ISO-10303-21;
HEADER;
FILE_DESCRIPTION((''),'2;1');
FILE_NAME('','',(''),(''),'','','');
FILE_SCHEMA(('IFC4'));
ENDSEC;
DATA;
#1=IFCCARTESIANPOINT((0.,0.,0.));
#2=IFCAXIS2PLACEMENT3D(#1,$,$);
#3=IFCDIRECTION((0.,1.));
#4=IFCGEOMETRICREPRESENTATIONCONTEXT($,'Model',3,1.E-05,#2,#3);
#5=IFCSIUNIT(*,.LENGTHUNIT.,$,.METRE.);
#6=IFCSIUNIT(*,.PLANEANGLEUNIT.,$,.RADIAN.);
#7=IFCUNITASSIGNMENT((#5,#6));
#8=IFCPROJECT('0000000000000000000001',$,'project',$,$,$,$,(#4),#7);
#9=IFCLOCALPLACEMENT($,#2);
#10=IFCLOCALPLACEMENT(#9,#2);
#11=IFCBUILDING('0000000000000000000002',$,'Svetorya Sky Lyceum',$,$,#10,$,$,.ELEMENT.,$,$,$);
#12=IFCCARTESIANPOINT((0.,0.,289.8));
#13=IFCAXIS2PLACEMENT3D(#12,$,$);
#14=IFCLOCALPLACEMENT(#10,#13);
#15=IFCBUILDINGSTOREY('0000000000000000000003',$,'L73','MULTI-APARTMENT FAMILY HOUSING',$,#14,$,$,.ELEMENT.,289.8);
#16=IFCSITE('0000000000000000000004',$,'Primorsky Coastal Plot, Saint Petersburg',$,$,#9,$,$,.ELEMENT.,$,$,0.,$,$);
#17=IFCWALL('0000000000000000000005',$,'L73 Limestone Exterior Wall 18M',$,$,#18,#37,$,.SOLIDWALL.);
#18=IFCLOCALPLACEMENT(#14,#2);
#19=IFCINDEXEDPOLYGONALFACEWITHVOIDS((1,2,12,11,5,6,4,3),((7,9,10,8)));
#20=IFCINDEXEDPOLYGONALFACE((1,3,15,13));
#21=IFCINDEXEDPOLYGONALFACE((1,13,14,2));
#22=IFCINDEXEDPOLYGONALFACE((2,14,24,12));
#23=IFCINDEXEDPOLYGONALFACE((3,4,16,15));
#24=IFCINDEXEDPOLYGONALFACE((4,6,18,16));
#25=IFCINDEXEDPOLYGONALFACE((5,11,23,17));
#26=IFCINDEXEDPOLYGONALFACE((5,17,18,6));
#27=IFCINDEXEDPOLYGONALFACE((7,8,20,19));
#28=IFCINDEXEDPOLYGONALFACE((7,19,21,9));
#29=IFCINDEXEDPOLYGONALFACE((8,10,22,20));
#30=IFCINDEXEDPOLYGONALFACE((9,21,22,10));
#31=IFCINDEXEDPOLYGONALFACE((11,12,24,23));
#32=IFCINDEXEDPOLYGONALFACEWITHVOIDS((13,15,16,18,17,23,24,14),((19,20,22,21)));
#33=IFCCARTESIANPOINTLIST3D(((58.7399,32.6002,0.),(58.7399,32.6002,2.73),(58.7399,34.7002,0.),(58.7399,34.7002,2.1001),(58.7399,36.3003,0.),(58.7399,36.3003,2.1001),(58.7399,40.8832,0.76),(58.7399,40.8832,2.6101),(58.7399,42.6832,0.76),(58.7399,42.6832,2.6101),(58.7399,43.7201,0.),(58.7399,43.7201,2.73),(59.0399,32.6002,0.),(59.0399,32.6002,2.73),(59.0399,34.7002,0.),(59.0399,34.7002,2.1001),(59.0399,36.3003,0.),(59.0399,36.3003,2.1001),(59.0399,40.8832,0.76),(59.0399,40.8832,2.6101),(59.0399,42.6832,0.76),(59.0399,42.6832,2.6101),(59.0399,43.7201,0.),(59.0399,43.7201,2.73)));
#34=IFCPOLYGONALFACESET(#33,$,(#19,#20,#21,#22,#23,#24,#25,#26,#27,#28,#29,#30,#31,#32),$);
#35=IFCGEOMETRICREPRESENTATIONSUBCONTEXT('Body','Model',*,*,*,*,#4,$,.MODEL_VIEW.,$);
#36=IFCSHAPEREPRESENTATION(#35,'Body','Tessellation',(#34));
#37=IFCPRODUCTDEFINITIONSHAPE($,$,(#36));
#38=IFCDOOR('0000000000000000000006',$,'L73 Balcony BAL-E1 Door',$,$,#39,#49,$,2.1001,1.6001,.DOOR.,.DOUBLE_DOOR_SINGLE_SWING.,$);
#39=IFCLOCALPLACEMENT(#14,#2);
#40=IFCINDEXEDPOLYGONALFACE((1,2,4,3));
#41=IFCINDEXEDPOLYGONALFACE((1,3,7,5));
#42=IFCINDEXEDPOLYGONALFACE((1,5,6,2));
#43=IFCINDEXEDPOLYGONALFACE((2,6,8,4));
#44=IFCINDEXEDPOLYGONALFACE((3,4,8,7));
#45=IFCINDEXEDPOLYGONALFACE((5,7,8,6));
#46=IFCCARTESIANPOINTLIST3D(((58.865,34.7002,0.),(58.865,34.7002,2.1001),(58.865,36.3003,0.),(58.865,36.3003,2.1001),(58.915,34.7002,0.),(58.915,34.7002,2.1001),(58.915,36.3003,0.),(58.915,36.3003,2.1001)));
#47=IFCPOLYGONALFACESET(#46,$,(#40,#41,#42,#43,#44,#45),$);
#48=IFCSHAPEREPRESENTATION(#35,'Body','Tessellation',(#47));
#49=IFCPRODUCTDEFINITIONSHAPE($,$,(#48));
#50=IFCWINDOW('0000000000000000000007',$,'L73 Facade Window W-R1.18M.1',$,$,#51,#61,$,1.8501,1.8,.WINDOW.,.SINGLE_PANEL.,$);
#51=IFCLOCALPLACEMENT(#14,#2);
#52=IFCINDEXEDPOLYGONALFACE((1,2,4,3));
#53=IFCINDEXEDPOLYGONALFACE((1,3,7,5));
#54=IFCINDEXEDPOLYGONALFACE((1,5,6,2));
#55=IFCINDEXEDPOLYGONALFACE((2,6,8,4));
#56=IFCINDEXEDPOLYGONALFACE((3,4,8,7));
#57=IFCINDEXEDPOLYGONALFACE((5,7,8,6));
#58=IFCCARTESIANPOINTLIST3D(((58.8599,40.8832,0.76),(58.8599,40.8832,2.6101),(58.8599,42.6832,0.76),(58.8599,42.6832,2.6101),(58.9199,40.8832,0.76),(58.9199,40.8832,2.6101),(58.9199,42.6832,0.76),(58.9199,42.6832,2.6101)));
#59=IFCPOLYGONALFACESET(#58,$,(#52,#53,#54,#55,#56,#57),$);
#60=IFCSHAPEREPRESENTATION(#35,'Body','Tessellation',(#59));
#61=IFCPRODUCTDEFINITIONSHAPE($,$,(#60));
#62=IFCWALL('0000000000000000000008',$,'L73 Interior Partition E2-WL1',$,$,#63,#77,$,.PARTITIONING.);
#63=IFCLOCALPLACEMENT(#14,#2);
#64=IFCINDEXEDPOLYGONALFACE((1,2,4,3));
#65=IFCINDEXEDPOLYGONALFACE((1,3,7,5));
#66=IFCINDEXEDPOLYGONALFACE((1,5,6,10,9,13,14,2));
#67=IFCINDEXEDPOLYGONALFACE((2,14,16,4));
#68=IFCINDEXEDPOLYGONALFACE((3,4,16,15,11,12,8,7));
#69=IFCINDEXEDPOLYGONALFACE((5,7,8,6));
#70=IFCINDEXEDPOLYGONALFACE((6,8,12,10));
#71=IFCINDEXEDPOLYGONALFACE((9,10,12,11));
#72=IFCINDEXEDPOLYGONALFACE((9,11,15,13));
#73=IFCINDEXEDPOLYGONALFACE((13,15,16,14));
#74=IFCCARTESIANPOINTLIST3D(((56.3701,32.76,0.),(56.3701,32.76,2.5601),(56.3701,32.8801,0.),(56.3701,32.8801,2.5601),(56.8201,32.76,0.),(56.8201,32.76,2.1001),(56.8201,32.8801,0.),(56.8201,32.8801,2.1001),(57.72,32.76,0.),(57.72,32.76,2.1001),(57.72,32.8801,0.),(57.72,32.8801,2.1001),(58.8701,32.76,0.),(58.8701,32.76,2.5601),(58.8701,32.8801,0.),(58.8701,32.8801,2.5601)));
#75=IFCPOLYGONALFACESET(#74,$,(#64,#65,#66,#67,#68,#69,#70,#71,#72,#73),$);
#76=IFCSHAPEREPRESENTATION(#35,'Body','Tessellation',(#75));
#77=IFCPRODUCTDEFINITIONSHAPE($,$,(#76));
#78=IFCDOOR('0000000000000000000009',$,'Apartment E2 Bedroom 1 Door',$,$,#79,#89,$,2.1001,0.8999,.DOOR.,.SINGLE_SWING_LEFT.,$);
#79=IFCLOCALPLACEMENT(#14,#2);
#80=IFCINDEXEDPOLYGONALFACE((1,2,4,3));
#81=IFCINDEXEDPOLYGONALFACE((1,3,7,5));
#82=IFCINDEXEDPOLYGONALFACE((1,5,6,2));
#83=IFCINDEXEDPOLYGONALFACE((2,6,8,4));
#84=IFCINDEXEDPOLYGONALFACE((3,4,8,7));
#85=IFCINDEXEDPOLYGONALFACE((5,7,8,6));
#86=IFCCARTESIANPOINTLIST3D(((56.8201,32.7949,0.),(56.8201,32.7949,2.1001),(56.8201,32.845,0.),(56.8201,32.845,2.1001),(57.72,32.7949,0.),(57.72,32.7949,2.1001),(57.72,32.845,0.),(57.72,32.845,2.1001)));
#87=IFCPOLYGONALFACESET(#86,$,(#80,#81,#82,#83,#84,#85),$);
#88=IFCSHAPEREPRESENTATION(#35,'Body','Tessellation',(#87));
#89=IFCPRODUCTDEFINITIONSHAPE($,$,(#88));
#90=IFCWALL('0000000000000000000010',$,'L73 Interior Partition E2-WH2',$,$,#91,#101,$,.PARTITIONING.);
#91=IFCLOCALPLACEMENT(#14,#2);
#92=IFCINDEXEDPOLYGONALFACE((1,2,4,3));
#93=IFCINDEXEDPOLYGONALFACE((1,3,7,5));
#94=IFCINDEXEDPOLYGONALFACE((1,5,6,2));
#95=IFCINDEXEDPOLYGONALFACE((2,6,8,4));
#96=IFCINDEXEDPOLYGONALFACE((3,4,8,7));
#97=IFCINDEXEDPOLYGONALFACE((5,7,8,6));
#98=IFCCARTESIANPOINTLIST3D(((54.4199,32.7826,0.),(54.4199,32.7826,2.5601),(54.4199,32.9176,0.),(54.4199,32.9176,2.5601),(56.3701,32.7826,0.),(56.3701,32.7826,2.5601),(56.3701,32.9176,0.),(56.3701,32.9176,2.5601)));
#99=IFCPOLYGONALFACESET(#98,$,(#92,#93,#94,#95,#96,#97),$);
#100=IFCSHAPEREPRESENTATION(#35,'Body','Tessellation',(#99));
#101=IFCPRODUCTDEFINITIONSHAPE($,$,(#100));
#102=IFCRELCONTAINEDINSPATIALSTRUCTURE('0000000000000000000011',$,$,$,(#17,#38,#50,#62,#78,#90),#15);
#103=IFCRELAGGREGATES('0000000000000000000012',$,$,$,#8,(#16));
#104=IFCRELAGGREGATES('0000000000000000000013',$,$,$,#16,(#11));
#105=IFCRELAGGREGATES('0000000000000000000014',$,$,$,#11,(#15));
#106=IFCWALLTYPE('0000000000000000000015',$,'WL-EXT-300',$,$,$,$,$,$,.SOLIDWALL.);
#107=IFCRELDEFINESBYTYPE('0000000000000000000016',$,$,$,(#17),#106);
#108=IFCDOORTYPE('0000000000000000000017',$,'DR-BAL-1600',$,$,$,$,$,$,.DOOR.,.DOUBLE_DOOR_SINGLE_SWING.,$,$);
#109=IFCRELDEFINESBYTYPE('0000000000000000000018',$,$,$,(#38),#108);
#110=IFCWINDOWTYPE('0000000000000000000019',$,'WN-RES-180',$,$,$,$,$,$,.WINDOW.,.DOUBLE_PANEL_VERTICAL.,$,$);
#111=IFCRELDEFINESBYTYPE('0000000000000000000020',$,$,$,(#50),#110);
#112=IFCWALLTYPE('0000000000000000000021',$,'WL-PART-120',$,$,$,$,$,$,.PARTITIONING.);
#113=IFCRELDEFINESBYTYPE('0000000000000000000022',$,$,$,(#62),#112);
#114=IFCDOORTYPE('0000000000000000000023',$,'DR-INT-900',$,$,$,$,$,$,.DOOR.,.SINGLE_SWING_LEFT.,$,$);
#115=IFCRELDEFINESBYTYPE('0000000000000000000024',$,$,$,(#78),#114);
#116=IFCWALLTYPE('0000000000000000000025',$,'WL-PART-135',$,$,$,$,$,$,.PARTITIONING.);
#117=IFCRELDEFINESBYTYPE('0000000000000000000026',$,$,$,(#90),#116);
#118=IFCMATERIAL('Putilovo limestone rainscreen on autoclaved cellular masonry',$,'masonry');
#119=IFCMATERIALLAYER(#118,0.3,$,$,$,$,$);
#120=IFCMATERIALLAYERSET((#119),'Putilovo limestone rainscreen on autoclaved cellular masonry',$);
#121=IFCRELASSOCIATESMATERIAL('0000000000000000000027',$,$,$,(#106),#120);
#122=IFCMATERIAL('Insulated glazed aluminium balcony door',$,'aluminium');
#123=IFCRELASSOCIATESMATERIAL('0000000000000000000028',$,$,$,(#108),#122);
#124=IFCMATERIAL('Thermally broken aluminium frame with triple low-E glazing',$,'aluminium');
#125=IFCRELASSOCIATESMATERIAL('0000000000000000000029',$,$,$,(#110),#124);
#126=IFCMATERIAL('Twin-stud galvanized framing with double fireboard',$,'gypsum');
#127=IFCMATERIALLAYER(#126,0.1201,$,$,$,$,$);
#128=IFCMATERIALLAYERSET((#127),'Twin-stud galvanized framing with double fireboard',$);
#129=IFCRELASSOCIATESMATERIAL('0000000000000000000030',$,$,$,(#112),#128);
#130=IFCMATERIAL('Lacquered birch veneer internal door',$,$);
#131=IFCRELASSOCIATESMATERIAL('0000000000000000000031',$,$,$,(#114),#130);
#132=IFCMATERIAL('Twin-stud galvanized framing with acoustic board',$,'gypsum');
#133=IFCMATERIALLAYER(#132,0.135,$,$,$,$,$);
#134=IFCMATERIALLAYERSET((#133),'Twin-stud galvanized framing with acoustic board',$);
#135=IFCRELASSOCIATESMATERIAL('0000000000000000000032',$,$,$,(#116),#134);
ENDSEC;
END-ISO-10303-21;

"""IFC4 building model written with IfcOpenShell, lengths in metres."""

from ifc_helpers import new_model, si_unit, direction, frame, frame_2d, origin, place, context, subcontext, project, spatial, rectangle, extrude, material, layer, layer_set, type_object, element, fill, save


model = new_model("IFC4")

# Units and contexts
model_context = context("Model", 3, precision=1e-05, world=origin(), true_north=direction((0.0, 1.0)))
body_context = subcontext(model_context, "Body", "Model", "MODEL_VIEW")
ifc_project = project(units=[si_unit("LENGTHUNIT", "METRE"), si_unit("PLANEANGLEUNIT", "RADIAN")], contexts=[model_context])

# Site, building, storey
site_placement = place(None, origin())
site = spatial("IfcSite", under=ifc_project, at=site_placement, Name="Primorsky Coastal Plot, Saint Petersburg", CompositionType="ELEMENT", RefElevation=0.0)
building_placement = place(site_placement, origin())
building = spatial("IfcBuilding", under=site, at=building_placement, Name="Svetorya Sky Lyceum", CompositionType="ELEMENT")
storey_placement = place(building_placement, frame((0.0, 0.0, 289.8)))
storey = spatial("IfcBuildingStorey", under=building, at=storey_placement, Name="L73", Description="MULTI-APARTMENT FAMILY HOUSING", CompositionType="ELEMENT", Elevation=289.8)

# Wall, openings, door, window
ifc_material_1 = material(Name="Putilovo limestone rainscreen on autoclaved cellular masonry", Category="masonry")
ifc_layer_1 = layer(ifc_material_1, 0.3)
ifc_layer_set_1 = layer_set([ifc_layer_1], Name="Putilovo limestone rainscreen on autoclaved cellular masonry")
wall_type_1 = type_object("IfcWallType", Name="WL-EXT-300", PredefinedType="SOLIDWALL", material=ifc_layer_set_1)
wall_1_placement = place(storey_placement, frame((58.8899, 32.6001, 0.0), z_axis=(0.0, 0.0, 1.0), x_axis=(0.0, 1.0, 0.0)))
wall_1 = element("IfcWall", 1, at=wall_1_placement, inside=storey, type_object=wall_type_1, Name="L73 Limestone Exterior Wall 18M", PredefinedType="SOLIDWALL", context=body_context, shape_type="SweptSolid", body=[
    extrude(rectangle(XDim=11.1199, YDim=0.3, at=frame_2d((5.5601, 0.0))), origin(), (0.0, 0.0, 1.0), 2.73),
])
opening_1_placement = place(wall_1_placement, frame((2.1001, 0.0, 0.0)))
opening_1 = element("IfcOpeningElement", 2, at=opening_1_placement, cuts=wall_1, PredefinedType="OPENING", context=body_context, shape_type="SweptSolid", body=[
    extrude(rectangle(XDim=1.6001, YDim=2.1001, at=frame_2d((0.8, 1.05))), frame((0.0, 0.1599, 0.0), z_axis=(0.0, -1.0, 0.0), x_axis=(1.0, 0.0, 0.0)), (0.0, 0.0, 1.0), 0.3201),
])
opening_2_placement = place(wall_1_placement, frame((8.2832, 0.0, 0.76)))
opening_2 = element("IfcOpeningElement", 3, at=opening_2_placement, cuts=wall_1, PredefinedType="OPENING", context=body_context, shape_type="SweptSolid", body=[
    extrude(rectangle(XDim=1.8, YDim=1.8501, at=frame_2d((0.8999, 0.925))), frame((0.0, 0.1599, 0.0), z_axis=(0.0, -1.0, 0.0), x_axis=(1.0, 0.0, 0.0)), (0.0, 0.0, 1.0), 0.3201),
])
ifc_material_2 = material(Name="Insulated glazed aluminium balcony door", Category="aluminium")
door_type_1 = type_object("IfcDoorType", Name="DR-BAL-1600", OperationType="DOUBLE_DOOR_SINGLE_SWING", PredefinedType="DOOR", material=ifc_material_2)
door_1_placement = place(opening_1_placement, origin())
door_1 = element("IfcDoor", 4, at=door_1_placement, inside=storey, type_object=door_type_1, Name="L73 Balcony BAL-E1 Door", OperationType="DOUBLE_DOOR_SINGLE_SWING", OverallHeight=2.1001, OverallWidth=1.6001, PredefinedType="DOOR", context=body_context, shape_type="SweptSolid", body=[
    extrude(rectangle(XDim=1.6001, YDim=2.1001, at=frame_2d((0.8, 1.05))), frame((0.0, 0.0249, 0.0), z_axis=(0.0, -1.0, 0.0), x_axis=(1.0, 0.0, 0.0)), (0.0, 0.0, 1.0), 0.05),
])
fill(opening_1, door_1)
ifc_material_3 = material(Name="Thermally broken aluminium frame with triple low-E glazing", Category="aluminium")
window_type = type_object("IfcWindowType", Name="WN-RES-180", PartitioningType="DOUBLE_PANEL_VERTICAL", PredefinedType="WINDOW", material=ifc_material_3)
window_placement = place(opening_2_placement, origin())
window = element("IfcWindow", 5, at=window_placement, inside=storey, type_object=window_type, Name="L73 Facade Window W-R1.18M.1", OverallHeight=1.8501, OverallWidth=1.8, PartitioningType="SINGLE_PANEL", PredefinedType="WINDOW", context=body_context, shape_type="SweptSolid", body=[
    extrude(rectangle(XDim=1.8, YDim=1.8501, at=frame_2d((0.8999, 0.925))), frame((0.0, 0.03, 0.0), z_axis=(0.0, -1.0, 0.0), x_axis=(1.0, 0.0, 0.0)), (0.0, 0.0, 1.0), 0.0601),
])
fill(opening_2, window)

# Wall, opening, door
ifc_material_4 = material(Name="Twin-stud galvanized framing with double fireboard", Category="gypsum")
ifc_layer_2 = layer(ifc_material_4, 0.1201)
ifc_layer_set_2 = layer_set([ifc_layer_2], Name="Twin-stud galvanized framing with double fireboard")
wall_type_2 = type_object("IfcWallType", Name="WL-PART-120", PredefinedType="PARTITIONING", material=ifc_layer_set_2)
wall_2_placement = place(storey_placement, frame((56.3701, 32.8201, 0.0), z_axis=(0.0, 0.0, 1.0), x_axis=(1.0, 0.0, 0.0)))
wall_2 = element("IfcWall", 6, at=wall_2_placement, inside=storey, type_object=wall_type_2, Name="L73 Interior Partition E2-WL1", PredefinedType="PARTITIONING", context=body_context, shape_type="SweptSolid", body=[
    extrude(rectangle(XDim=2.5, YDim=0.1201, at=frame_2d((1.25, 0.0))), origin(), (0.0, 0.0, 1.0), 2.5601),
])
opening_3_placement = place(wall_2_placement, frame((0.45, 0.0, 0.0)))
opening_3 = element("IfcOpeningElement", 7, at=opening_3_placement, cuts=wall_2, PredefinedType="OPENING", context=body_context, shape_type="SweptSolid", body=[
    extrude(rectangle(XDim=0.8999, YDim=2.1001, at=frame_2d((0.45, 1.05))), frame((0.0, 0.0701, 0.0), z_axis=(0.0, -1.0, 0.0), x_axis=(1.0, 0.0, 0.0)), (0.0, 0.0, 1.0), 0.1401),
])
ifc_material_5 = material(Name="Lacquered birch veneer internal door")
door_type_2 = type_object("IfcDoorType", Name="DR-INT-900", OperationType="SINGLE_SWING_LEFT", PredefinedType="DOOR", material=ifc_material_5)
door_2_placement = place(opening_3_placement, origin())
door_2 = element("IfcDoor", 8, at=door_2_placement, inside=storey, type_object=door_type_2, Name="Apartment E2 Bedroom 1 Door", OperationType="SINGLE_SWING_LEFT", OverallHeight=2.1001, OverallWidth=0.8999, PredefinedType="DOOR", context=body_context, shape_type="SweptSolid", body=[
    extrude(rectangle(XDim=0.8999, YDim=2.1001, at=frame_2d((0.45, 1.05))), frame((0.0, 0.0249, 0.0), z_axis=(0.0, -1.0, 0.0), x_axis=(1.0, 0.0, 0.0)), (0.0, 0.0, 1.0), 0.05),
])
fill(opening_3, door_2)

# Wall
ifc_material_6 = material(Name="Twin-stud galvanized framing with acoustic board", Category="gypsum")
ifc_layer_3 = layer(ifc_material_6, 0.135)
ifc_layer_set_3 = layer_set([ifc_layer_3], Name="Twin-stud galvanized framing with acoustic board")
wall_type_3 = type_object("IfcWallType", Name="WL-PART-135", PredefinedType="PARTITIONING", material=ifc_layer_set_3)
wall_3_placement = place(storey_placement, frame((54.4199, 32.8501, 0.0), z_axis=(0.0, 0.0, 1.0), x_axis=(1.0, 0.0, 0.0)))
element("IfcWall", 9, at=wall_3_placement, inside=storey, type_object=wall_type_3, Name="L73 Interior Partition E2-WH2", PredefinedType="PARTITIONING", context=body_context, shape_type="SweptSolid", body=[
    extrude(rectangle(XDim=1.9502, YDim=0.135, at=frame_2d((0.9751, 0.0))), origin(), (0.0, 0.0, 1.0), 2.5601),
])

save(model, "model.ifc")
